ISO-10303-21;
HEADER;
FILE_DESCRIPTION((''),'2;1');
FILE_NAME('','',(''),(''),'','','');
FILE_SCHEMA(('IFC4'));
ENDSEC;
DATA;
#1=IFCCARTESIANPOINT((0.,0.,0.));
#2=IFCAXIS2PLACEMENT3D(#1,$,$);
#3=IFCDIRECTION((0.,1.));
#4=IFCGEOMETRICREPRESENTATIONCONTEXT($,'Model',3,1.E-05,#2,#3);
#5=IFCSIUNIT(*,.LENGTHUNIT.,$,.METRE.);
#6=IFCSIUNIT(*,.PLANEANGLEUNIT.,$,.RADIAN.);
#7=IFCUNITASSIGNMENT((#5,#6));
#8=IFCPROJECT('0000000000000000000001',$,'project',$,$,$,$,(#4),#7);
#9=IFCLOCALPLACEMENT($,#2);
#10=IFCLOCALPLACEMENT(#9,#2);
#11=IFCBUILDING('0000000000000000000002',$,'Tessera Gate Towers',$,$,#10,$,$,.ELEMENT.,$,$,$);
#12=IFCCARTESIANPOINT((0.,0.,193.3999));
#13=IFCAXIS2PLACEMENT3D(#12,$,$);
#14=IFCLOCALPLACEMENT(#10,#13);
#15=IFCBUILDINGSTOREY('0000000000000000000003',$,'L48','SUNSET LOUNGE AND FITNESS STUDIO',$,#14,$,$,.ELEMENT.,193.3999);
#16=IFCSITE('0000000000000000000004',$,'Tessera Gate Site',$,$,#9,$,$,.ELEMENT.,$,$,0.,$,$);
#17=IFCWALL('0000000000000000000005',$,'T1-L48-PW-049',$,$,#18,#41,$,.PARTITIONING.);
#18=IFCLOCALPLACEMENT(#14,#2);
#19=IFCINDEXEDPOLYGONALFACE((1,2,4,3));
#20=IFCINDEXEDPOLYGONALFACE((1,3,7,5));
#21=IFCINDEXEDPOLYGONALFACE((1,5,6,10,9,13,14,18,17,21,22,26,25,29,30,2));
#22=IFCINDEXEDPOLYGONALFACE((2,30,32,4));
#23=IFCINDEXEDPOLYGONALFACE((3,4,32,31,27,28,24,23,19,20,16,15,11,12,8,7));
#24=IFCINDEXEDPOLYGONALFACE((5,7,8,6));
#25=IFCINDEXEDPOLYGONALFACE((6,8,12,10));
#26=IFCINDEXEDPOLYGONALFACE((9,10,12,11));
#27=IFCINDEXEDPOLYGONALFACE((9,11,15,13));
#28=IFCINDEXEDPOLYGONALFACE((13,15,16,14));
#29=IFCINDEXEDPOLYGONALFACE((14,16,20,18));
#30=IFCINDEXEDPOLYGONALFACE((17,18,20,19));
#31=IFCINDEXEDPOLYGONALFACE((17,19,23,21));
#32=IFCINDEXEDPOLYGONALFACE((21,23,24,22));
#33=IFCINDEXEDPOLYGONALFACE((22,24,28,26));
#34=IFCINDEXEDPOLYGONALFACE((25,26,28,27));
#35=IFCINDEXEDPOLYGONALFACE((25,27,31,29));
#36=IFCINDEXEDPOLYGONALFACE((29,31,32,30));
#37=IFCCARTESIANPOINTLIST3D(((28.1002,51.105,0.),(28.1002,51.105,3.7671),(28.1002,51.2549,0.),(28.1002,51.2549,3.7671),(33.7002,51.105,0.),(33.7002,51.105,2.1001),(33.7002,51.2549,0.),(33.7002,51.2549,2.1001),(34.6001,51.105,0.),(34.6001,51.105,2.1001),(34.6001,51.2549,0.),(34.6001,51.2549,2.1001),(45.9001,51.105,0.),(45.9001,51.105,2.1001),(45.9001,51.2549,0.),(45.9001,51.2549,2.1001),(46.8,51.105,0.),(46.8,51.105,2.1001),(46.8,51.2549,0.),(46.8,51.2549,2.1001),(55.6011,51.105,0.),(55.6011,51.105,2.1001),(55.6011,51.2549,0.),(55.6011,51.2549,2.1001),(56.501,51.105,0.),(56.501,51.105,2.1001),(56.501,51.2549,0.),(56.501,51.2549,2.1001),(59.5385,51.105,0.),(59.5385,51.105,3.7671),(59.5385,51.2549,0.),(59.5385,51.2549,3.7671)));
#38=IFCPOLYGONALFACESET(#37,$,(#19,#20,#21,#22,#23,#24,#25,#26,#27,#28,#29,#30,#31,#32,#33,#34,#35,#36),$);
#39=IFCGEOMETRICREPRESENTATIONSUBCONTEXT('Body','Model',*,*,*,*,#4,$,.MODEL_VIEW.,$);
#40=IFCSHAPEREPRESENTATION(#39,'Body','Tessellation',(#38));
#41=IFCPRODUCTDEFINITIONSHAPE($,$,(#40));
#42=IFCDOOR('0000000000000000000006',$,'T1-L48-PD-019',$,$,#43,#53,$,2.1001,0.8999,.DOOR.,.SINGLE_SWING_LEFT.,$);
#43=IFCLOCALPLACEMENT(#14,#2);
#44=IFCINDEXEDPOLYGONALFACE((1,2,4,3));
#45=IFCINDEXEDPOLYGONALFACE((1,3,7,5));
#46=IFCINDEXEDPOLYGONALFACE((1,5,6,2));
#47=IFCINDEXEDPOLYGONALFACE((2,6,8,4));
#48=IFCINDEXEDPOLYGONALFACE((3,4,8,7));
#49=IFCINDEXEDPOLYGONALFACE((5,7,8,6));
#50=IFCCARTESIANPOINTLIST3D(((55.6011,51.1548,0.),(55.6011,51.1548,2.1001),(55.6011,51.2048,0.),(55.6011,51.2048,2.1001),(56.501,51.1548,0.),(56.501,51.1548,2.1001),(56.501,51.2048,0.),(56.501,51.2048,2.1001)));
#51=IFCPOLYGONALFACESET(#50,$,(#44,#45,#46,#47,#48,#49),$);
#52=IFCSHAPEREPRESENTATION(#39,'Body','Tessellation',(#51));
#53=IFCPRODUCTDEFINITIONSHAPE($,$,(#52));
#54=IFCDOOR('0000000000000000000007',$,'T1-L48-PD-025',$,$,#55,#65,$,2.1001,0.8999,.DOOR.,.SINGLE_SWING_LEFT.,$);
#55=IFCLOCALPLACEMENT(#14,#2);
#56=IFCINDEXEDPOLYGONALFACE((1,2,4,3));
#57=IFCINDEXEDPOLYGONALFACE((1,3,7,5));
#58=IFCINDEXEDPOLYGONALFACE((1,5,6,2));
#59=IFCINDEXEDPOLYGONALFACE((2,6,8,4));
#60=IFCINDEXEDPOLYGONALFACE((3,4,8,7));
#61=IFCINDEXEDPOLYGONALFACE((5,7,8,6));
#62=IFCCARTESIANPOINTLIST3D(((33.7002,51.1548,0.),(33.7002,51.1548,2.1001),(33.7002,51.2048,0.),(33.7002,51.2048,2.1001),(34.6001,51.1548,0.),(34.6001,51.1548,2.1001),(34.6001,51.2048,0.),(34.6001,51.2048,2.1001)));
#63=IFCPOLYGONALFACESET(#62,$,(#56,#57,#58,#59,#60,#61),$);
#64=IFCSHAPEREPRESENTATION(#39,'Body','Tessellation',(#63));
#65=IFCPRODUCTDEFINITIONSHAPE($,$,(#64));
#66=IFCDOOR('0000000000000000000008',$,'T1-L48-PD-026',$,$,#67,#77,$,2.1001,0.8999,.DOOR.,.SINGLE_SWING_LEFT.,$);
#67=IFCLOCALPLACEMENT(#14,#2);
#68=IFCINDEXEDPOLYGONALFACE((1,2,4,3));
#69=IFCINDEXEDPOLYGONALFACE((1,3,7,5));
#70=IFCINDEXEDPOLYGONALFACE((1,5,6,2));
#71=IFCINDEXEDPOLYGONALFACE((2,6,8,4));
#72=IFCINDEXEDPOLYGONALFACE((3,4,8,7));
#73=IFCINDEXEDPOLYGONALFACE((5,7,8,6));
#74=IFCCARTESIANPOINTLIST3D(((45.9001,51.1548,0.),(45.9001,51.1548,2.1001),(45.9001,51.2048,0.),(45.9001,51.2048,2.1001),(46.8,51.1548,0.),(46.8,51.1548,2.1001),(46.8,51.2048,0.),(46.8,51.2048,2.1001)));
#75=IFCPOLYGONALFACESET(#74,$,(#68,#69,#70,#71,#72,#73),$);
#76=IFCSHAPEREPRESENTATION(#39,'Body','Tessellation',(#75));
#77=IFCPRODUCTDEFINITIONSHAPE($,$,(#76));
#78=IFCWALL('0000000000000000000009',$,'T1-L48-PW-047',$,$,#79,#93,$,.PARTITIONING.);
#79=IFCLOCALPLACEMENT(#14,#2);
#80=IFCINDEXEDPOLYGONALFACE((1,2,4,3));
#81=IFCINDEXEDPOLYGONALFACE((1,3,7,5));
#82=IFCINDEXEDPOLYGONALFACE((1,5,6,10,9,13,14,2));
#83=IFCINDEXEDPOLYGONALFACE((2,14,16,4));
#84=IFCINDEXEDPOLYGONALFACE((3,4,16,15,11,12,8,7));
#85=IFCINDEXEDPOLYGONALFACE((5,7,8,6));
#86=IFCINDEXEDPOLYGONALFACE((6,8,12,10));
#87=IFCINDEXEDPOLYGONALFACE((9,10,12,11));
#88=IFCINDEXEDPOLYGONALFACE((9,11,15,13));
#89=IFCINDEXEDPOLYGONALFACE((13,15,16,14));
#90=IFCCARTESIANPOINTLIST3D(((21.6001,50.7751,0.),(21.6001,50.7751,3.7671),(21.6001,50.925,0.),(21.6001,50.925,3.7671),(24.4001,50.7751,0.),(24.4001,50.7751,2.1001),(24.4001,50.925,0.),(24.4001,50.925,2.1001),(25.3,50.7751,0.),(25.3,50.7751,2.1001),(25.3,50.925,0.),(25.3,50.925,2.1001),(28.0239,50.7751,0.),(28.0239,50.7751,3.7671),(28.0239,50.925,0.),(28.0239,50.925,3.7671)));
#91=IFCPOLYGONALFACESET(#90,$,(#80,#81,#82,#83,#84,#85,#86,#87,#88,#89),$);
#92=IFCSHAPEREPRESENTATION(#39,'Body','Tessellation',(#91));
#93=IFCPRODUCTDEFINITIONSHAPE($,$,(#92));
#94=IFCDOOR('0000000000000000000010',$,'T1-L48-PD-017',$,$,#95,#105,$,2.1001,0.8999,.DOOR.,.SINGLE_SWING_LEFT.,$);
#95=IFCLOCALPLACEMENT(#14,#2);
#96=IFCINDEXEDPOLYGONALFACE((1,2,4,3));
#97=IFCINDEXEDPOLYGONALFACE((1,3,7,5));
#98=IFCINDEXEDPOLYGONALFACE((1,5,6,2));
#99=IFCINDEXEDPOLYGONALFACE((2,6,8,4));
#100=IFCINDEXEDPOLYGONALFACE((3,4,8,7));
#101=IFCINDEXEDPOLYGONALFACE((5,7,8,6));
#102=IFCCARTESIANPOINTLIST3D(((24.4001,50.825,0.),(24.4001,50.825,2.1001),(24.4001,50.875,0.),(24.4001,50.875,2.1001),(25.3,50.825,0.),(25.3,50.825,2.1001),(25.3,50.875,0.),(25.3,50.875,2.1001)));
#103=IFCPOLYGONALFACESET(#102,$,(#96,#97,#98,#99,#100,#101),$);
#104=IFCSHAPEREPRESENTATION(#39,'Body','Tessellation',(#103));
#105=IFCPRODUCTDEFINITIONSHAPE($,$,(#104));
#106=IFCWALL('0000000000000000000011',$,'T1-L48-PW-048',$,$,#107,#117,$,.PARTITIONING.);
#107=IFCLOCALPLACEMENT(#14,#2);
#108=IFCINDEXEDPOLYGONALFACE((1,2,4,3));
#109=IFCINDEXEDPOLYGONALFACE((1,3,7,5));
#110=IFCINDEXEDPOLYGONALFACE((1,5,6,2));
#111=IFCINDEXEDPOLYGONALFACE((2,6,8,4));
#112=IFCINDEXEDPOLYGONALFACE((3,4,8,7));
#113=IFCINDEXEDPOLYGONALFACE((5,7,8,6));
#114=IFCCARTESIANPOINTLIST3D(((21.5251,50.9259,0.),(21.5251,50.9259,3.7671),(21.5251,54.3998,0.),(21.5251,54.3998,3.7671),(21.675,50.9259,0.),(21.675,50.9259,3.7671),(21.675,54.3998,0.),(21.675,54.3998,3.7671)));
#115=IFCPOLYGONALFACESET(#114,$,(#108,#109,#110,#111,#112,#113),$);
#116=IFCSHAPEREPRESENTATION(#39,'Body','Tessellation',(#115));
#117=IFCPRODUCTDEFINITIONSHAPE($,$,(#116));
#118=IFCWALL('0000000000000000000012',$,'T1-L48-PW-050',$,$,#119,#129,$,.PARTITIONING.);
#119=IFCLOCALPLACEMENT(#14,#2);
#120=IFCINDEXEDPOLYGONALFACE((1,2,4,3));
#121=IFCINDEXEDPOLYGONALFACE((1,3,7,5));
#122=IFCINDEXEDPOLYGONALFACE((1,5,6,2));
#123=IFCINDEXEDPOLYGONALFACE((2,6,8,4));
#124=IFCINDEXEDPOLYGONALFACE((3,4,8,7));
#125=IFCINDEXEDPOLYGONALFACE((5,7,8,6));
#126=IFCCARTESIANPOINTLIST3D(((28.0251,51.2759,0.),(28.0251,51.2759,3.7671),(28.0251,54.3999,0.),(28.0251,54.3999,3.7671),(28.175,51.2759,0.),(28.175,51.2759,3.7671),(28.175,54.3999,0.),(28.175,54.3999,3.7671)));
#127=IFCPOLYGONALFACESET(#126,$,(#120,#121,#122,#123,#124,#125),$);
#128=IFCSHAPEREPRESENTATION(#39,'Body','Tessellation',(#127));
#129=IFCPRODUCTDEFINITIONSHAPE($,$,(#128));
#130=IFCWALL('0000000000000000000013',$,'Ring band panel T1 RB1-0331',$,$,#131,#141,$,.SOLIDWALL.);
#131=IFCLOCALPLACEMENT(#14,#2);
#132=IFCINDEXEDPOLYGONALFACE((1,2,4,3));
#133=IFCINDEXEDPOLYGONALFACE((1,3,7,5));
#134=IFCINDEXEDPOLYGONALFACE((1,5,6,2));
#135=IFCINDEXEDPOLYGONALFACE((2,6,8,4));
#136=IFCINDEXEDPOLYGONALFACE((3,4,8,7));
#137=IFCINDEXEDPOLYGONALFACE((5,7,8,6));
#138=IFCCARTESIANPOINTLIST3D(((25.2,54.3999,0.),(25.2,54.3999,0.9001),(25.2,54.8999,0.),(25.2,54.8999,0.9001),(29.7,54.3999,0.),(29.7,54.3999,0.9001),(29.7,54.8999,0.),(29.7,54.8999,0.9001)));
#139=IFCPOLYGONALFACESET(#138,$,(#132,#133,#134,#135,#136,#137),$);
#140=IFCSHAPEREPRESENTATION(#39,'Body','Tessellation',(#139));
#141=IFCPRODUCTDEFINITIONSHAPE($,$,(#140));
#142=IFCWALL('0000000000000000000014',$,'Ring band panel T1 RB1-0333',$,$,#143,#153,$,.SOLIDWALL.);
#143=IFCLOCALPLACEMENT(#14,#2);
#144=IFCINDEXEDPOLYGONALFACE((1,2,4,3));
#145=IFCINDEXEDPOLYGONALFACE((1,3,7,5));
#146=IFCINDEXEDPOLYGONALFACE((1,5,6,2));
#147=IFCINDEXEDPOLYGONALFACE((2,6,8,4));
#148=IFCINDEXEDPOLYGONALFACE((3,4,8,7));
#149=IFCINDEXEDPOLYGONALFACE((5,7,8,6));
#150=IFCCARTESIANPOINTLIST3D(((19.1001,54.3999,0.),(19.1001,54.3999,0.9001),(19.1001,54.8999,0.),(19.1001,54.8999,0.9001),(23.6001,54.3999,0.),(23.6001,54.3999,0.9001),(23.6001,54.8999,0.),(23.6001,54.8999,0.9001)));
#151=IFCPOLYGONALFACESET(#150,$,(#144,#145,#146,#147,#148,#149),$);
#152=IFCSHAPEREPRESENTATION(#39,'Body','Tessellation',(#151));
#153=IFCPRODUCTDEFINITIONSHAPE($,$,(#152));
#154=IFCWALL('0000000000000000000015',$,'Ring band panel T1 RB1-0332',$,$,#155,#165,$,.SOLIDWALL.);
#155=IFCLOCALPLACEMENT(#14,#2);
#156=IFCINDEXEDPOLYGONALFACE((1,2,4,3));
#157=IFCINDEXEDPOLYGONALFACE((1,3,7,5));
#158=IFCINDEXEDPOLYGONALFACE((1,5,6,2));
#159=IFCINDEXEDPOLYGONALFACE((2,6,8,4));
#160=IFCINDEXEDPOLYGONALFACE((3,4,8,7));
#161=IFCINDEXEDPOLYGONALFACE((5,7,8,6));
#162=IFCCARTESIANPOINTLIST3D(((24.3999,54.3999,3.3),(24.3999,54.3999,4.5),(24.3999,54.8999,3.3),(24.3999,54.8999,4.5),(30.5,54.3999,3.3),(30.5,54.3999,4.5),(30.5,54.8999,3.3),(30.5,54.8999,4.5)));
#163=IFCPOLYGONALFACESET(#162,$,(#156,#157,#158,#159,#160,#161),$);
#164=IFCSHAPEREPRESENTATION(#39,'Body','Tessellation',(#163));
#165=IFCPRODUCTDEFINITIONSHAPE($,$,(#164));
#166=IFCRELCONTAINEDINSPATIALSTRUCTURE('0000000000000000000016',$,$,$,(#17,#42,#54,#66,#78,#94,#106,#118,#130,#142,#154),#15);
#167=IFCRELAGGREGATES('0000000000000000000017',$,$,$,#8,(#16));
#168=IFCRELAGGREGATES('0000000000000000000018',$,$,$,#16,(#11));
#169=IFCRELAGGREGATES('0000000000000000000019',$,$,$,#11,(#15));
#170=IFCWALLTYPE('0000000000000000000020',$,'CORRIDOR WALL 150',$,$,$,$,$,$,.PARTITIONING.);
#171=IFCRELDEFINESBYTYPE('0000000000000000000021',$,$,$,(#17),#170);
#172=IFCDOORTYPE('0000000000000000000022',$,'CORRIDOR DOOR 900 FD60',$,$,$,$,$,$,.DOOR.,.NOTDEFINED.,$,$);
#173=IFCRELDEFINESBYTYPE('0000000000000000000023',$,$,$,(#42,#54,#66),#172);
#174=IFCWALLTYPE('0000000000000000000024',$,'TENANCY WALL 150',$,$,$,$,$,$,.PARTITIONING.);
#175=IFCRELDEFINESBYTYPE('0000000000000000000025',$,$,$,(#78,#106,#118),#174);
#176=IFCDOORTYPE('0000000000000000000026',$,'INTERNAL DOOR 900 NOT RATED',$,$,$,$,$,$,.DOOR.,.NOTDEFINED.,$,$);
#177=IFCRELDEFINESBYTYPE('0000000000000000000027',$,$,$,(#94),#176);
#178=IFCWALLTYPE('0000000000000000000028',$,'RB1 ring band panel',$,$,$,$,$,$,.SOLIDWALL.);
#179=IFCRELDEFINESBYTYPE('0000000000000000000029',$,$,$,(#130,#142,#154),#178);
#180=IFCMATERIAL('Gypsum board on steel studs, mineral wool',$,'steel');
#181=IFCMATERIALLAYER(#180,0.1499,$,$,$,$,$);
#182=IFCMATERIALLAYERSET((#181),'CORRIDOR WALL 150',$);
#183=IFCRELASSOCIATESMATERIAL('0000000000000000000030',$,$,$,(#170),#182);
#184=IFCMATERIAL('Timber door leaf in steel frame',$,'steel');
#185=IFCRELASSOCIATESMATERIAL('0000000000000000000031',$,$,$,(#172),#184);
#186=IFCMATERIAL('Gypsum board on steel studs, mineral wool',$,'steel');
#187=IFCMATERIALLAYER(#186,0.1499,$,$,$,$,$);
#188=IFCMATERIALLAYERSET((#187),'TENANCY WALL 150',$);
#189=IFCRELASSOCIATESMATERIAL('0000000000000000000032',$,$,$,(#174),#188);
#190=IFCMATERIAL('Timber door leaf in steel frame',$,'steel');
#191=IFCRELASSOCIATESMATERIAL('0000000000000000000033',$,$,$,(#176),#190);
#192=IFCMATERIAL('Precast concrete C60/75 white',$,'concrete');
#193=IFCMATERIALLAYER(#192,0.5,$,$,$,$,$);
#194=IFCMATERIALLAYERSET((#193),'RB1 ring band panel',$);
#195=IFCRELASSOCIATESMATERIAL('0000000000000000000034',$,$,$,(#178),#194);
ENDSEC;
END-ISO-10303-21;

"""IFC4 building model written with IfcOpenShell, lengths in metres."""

from ifc_helpers import new_model, si_unit, direction, frame, frame_2d, origin, place, context, subcontext, project, spatial, polyline, rectangle, outline, extrude, source, transform, mapped, material, layer, layer_set, type_object, element, fill, save


model = new_model("IFC4")

# Units and contexts
model_context = context("Model", 3, precision=1e-05, world=origin(), true_north=direction((0.0, 1.0)))
body_context = subcontext(model_context, "Body", "Model", "MODEL_VIEW")
ifc_project = project(units=[si_unit("LENGTHUNIT", "METRE"), si_unit("PLANEANGLEUNIT", "RADIAN")], contexts=[model_context])

# Site, building, storey
site_placement = place(None, origin())
site = spatial("IfcSite", under=ifc_project, at=site_placement, Name="Tessera Gate Site", CompositionType="ELEMENT", RefElevation=0.0)
building_placement = place(site_placement, origin())
building = spatial("IfcBuilding", under=site, at=building_placement, Name="Tessera Gate Towers", CompositionType="ELEMENT")
storey_placement = place(building_placement, frame((0.0, 0.0, 193.3999)))
storey = spatial("IfcBuildingStorey", under=building, at=storey_placement, Name="L48", Description="SUNSET LOUNGE AND FITNESS STUDIO", CompositionType="ELEMENT", Elevation=193.3999)

# Wall, openings, doors
ifc_material_1 = material(Name="Gypsum board on steel studs, mineral wool", Category="steel")
ifc_layer_1 = layer(ifc_material_1, 0.1499)
ifc_layer_set_1 = layer_set([ifc_layer_1], Name="CORRIDOR WALL 150")
wall_type_1 = type_object("IfcWallType", Name="CORRIDOR WALL 150", PredefinedType="PARTITIONING", material=ifc_layer_set_1)
wall_1_placement = place(storey_placement, frame((28.1001, 51.1799, 0.0), z_axis=(0.0, 0.0, 1.0), x_axis=(1.0, 0.0, 0.0)))
wall_1 = element("IfcWall", 1, at=wall_1_placement, inside=storey, type_object=wall_type_1, Name="T1-L48-PW-049", PredefinedType="PARTITIONING", context=body_context, shape_type="SweptSolid", body=[
    extrude(rectangle(XDim=31.4382, YDim=0.1499, at=frame_2d((15.7192, 0.0))), origin(), (0.0, 0.0, 1.0), 3.7671),
])
shared_shape_1 = source(origin(), body_context, "Body", "SweptSolid", [
    extrude(rectangle(XDim=0.8999, YDim=2.1001, at=frame_2d((0.45, 1.05))), frame((0.0, 0.085, 0.0), z_axis=(0.0, -1.0, 0.0), x_axis=(1.0, 0.0, 0.0)), (0.0, 0.0, 1.0), 0.1699),
])
opening_1_placement = place(wall_1_placement, frame((27.501, 0.0, 0.0)))
opening_1 = element("IfcOpeningElement", 2, at=opening_1_placement, cuts=wall_1, PredefinedType="OPENING", context=body_context, shape_type="MappedRepresentation", body=[
    mapped(shared_shape_1, transform((0.0, 0.0, 0.0), scale=1.0)),
])
opening_2_placement = place(wall_1_placement, frame((5.6001, 0.0, 0.0)))
opening_2 = element("IfcOpeningElement", 3, at=opening_2_placement, cuts=wall_1, PredefinedType="OPENING", context=body_context, shape_type="MappedRepresentation", body=[
    mapped(shared_shape_1, transform((0.0, 0.0, 0.0), scale=1.0)),
])
opening_3_placement = place(wall_1_placement, frame((17.8, 0.0, 0.0)))
opening_3 = element("IfcOpeningElement", 4, at=opening_3_placement, cuts=wall_1, PredefinedType="OPENING", context=body_context, shape_type="MappedRepresentation", body=[
    mapped(shared_shape_1, transform((0.0, 0.0, 0.0), scale=1.0)),
])
ifc_material_2 = material(Name="Timber door leaf in steel frame", Category="steel")
door_type_1 = type_object("IfcDoorType", Name="CORRIDOR DOOR 900 FD60", OperationType="NOTDEFINED", PredefinedType="DOOR", material=ifc_material_2)
shared_shape_2 = source(origin(), body_context, "Body", "SweptSolid", [
    extrude(rectangle(XDim=0.8999, YDim=2.1001, at=frame_2d((0.45, 1.05))), frame((0.0, 0.0249, 0.0), z_axis=(0.0, -1.0, 0.0), x_axis=(1.0, 0.0, 0.0)), (0.0, 0.0, 1.0), 0.05),
])
door_1_placement = place(opening_1_placement, origin())
door_1 = element("IfcDoor", 5, at=door_1_placement, inside=storey, type_object=door_type_1, Name="T1-L48-PD-019", OperationType="SINGLE_SWING_LEFT", OverallHeight=2.1001, OverallWidth=0.8999, PredefinedType="DOOR", context=body_context, shape_type="MappedRepresentation", body=[
    mapped(shared_shape_2, transform((0.0, 0.0, 0.0), scale=1.0)),
])
fill(opening_1, door_1)
door_2_placement = place(opening_2_placement, origin())
door_2 = element("IfcDoor", 6, at=door_2_placement, inside=storey, type_object=door_type_1, Name="T1-L48-PD-025", OperationType="SINGLE_SWING_LEFT", OverallHeight=2.1001, OverallWidth=0.8999, PredefinedType="DOOR", context=body_context, shape_type="MappedRepresentation", body=[
    mapped(shared_shape_2, transform((0.0, 0.0, 0.0), scale=1.0)),
])
fill(opening_2, door_2)
door_3_placement = place(opening_3_placement, origin())
door_3 = element("IfcDoor", 7, at=door_3_placement, inside=storey, type_object=door_type_1, Name="T1-L48-PD-026", OperationType="SINGLE_SWING_LEFT", OverallHeight=2.1001, OverallWidth=0.8999, PredefinedType="DOOR", context=body_context, shape_type="MappedRepresentation", body=[
    mapped(shared_shape_2, transform((0.0, 0.0, 0.0), scale=1.0)),
])
fill(opening_3, door_3)

# Wall, opening, door
ifc_material_3 = material(Name="Gypsum board on steel studs, mineral wool", Category="steel")
ifc_layer_2 = layer(ifc_material_3, 0.1499)
ifc_layer_set_2 = layer_set([ifc_layer_2], Name="TENANCY WALL 150")
wall_type_2 = type_object("IfcWallType", Name="TENANCY WALL 150", PredefinedType="PARTITIONING", material=ifc_layer_set_2)
wall_2_placement = place(storey_placement, frame((21.6001, 50.8501, 0.0), z_axis=(0.0, 0.0, 1.0), x_axis=(1.0, 0.0, 0.0)))
wall_2 = element("IfcWall", 8, at=wall_2_placement, inside=storey, type_object=wall_type_2, Name="T1-L48-PW-047", PredefinedType="PARTITIONING", context=body_context, shape_type="SweptSolid", body=[
    extrude(rectangle(XDim=6.4238, YDim=0.1499, at=frame_2d((3.2119, 0.0))), origin(), (0.0, 0.0, 1.0), 3.7671),
])
opening_4_placement = place(wall_2_placement, frame((2.8, 0.0, 0.0)))
opening_4 = element("IfcOpeningElement", 9, at=opening_4_placement, cuts=wall_2, PredefinedType="OPENING", context=body_context, shape_type="MappedRepresentation", body=[
    mapped(shared_shape_1, transform((0.0, 0.0, 0.0), scale=1.0)),
])
ifc_material_4 = material(Name="Timber door leaf in steel frame", Category="steel")
door_type_2 = type_object("IfcDoorType", Name="INTERNAL DOOR 900 NOT RATED", OperationType="NOTDEFINED", PredefinedType="DOOR", material=ifc_material_4)
door_4_placement = place(opening_4_placement, origin())
door_4 = element("IfcDoor", 10, at=door_4_placement, inside=storey, type_object=door_type_2, Name="T1-L48-PD-017", OperationType="SINGLE_SWING_LEFT", OverallHeight=2.1001, OverallWidth=0.8999, PredefinedType="DOOR", context=body_context, shape_type="MappedRepresentation", body=[
    mapped(shared_shape_2, transform((0.0, 0.0, 0.0), scale=1.0)),
])
fill(opening_4, door_4)

# Walls
wall_3_placement = place(storey_placement, frame((21.6001, 50.926, 0.0), z_axis=(0.0, 0.0, 1.0), x_axis=(0.0, 1.0, 0.0)))
element("IfcWall", 11, at=wall_3_placement, inside=storey, type_object=wall_type_2, Name="T1-L48-PW-048", PredefinedType="PARTITIONING", context=body_context, shape_type="SweptSolid", body=[
    extrude(rectangle(XDim=3.4739, YDim=0.1499, at=frame_2d((1.7368, 0.0))), origin(), (0.0, 0.0, 1.0), 3.7671),
])
wall_4_placement = place(storey_placement, frame((28.1001, 51.2759, 0.0), z_axis=(0.0, 0.0, 1.0), x_axis=(0.0, 1.0, 0.0)))
element("IfcWall", 12, at=wall_4_placement, inside=storey, type_object=wall_type_2, Name="T1-L48-PW-050", PredefinedType="PARTITIONING", context=body_context, shape_type="SweptSolid", body=[
    extrude(rectangle(XDim=3.124, YDim=0.1499, at=frame_2d((1.562, 0.0))), origin(), (0.0, 0.0, 1.0), 3.7671),
])
ifc_material_5 = material(Name="Precast concrete C60/75 white", Category="concrete")
ifc_layer_3 = layer(ifc_material_5, 0.5)
ifc_layer_set_3 = layer_set([ifc_layer_3], Name="RB1 ring band panel")
wall_type_3 = type_object("IfcWallType", Name="RB1 ring band panel", PredefinedType="SOLIDWALL", material=ifc_layer_set_3)
shared_shape_3 = source(origin(), body_context, "Body", "SweptSolid", [
    extrude(outline(polyline([(0.0, 0.0), (4.5, 0.0), (4.5, 0.9001), (0.0, 0.9001), (0.0, 0.0)])), frame((0.0, 0.25, 0.0), z_axis=(0.0, -1.0, 0.0), x_axis=(1.0, 0.0, 0.0)), (0.0, 0.0, 1.0), 0.5),
])
for number, where, z_axis, x_axis, name in (
    (13, (29.7, 54.6499, 0.0), (0.0, 0.0, 1.0), (-1.0, 0.0, 0.0), "Ring band panel T1 RB1-0331"),
    (14, (23.6001, 54.6499, 0.0), (0.0, 0.0, 1.0), (-1.0, 0.0, 0.0), "Ring band panel T1 RB1-0333"),
):
    element("IfcWall", number, at=place(storey_placement, frame(where, z_axis=z_axis, x_axis=x_axis)), inside=storey, type_object=wall_type_3, Name=name, PredefinedType="SOLIDWALL", context=body_context, shape_type="MappedRepresentation", body=[
        mapped(shared_shape_3, transform((0.0, 0.0, 0.0), scale=1.0)),
    ])
shared_shape_4 = source(origin(), body_context, "Body", "SweptSolid", [
    extrude(outline(polyline([(0.0, 0.0), (6.1001, 0.0), (6.1001, 1.2), (0.0, 1.2), (0.0, 0.0)])), frame((0.0, 0.25, 0.0), z_axis=(0.0, -1.0, 0.0), x_axis=(1.0, 0.0, 0.0)), (0.0, 0.0, 1.0), 0.5),
])
wall_5_placement = place(storey_placement, frame((30.5, 54.6499, 3.3), z_axis=(0.0, 0.0, 1.0), x_axis=(-1.0, 0.0, 0.0)))
element("IfcWall", 15, at=wall_5_placement, inside=storey, type_object=wall_type_3, Name="Ring band panel T1 RB1-0332", PredefinedType="SOLIDWALL", context=body_context, shape_type="MappedRepresentation", body=[
    mapped(shared_shape_4, transform((0.0, 0.0, 0.0), scale=1.0)),
])

save(model, "model.ifc")
